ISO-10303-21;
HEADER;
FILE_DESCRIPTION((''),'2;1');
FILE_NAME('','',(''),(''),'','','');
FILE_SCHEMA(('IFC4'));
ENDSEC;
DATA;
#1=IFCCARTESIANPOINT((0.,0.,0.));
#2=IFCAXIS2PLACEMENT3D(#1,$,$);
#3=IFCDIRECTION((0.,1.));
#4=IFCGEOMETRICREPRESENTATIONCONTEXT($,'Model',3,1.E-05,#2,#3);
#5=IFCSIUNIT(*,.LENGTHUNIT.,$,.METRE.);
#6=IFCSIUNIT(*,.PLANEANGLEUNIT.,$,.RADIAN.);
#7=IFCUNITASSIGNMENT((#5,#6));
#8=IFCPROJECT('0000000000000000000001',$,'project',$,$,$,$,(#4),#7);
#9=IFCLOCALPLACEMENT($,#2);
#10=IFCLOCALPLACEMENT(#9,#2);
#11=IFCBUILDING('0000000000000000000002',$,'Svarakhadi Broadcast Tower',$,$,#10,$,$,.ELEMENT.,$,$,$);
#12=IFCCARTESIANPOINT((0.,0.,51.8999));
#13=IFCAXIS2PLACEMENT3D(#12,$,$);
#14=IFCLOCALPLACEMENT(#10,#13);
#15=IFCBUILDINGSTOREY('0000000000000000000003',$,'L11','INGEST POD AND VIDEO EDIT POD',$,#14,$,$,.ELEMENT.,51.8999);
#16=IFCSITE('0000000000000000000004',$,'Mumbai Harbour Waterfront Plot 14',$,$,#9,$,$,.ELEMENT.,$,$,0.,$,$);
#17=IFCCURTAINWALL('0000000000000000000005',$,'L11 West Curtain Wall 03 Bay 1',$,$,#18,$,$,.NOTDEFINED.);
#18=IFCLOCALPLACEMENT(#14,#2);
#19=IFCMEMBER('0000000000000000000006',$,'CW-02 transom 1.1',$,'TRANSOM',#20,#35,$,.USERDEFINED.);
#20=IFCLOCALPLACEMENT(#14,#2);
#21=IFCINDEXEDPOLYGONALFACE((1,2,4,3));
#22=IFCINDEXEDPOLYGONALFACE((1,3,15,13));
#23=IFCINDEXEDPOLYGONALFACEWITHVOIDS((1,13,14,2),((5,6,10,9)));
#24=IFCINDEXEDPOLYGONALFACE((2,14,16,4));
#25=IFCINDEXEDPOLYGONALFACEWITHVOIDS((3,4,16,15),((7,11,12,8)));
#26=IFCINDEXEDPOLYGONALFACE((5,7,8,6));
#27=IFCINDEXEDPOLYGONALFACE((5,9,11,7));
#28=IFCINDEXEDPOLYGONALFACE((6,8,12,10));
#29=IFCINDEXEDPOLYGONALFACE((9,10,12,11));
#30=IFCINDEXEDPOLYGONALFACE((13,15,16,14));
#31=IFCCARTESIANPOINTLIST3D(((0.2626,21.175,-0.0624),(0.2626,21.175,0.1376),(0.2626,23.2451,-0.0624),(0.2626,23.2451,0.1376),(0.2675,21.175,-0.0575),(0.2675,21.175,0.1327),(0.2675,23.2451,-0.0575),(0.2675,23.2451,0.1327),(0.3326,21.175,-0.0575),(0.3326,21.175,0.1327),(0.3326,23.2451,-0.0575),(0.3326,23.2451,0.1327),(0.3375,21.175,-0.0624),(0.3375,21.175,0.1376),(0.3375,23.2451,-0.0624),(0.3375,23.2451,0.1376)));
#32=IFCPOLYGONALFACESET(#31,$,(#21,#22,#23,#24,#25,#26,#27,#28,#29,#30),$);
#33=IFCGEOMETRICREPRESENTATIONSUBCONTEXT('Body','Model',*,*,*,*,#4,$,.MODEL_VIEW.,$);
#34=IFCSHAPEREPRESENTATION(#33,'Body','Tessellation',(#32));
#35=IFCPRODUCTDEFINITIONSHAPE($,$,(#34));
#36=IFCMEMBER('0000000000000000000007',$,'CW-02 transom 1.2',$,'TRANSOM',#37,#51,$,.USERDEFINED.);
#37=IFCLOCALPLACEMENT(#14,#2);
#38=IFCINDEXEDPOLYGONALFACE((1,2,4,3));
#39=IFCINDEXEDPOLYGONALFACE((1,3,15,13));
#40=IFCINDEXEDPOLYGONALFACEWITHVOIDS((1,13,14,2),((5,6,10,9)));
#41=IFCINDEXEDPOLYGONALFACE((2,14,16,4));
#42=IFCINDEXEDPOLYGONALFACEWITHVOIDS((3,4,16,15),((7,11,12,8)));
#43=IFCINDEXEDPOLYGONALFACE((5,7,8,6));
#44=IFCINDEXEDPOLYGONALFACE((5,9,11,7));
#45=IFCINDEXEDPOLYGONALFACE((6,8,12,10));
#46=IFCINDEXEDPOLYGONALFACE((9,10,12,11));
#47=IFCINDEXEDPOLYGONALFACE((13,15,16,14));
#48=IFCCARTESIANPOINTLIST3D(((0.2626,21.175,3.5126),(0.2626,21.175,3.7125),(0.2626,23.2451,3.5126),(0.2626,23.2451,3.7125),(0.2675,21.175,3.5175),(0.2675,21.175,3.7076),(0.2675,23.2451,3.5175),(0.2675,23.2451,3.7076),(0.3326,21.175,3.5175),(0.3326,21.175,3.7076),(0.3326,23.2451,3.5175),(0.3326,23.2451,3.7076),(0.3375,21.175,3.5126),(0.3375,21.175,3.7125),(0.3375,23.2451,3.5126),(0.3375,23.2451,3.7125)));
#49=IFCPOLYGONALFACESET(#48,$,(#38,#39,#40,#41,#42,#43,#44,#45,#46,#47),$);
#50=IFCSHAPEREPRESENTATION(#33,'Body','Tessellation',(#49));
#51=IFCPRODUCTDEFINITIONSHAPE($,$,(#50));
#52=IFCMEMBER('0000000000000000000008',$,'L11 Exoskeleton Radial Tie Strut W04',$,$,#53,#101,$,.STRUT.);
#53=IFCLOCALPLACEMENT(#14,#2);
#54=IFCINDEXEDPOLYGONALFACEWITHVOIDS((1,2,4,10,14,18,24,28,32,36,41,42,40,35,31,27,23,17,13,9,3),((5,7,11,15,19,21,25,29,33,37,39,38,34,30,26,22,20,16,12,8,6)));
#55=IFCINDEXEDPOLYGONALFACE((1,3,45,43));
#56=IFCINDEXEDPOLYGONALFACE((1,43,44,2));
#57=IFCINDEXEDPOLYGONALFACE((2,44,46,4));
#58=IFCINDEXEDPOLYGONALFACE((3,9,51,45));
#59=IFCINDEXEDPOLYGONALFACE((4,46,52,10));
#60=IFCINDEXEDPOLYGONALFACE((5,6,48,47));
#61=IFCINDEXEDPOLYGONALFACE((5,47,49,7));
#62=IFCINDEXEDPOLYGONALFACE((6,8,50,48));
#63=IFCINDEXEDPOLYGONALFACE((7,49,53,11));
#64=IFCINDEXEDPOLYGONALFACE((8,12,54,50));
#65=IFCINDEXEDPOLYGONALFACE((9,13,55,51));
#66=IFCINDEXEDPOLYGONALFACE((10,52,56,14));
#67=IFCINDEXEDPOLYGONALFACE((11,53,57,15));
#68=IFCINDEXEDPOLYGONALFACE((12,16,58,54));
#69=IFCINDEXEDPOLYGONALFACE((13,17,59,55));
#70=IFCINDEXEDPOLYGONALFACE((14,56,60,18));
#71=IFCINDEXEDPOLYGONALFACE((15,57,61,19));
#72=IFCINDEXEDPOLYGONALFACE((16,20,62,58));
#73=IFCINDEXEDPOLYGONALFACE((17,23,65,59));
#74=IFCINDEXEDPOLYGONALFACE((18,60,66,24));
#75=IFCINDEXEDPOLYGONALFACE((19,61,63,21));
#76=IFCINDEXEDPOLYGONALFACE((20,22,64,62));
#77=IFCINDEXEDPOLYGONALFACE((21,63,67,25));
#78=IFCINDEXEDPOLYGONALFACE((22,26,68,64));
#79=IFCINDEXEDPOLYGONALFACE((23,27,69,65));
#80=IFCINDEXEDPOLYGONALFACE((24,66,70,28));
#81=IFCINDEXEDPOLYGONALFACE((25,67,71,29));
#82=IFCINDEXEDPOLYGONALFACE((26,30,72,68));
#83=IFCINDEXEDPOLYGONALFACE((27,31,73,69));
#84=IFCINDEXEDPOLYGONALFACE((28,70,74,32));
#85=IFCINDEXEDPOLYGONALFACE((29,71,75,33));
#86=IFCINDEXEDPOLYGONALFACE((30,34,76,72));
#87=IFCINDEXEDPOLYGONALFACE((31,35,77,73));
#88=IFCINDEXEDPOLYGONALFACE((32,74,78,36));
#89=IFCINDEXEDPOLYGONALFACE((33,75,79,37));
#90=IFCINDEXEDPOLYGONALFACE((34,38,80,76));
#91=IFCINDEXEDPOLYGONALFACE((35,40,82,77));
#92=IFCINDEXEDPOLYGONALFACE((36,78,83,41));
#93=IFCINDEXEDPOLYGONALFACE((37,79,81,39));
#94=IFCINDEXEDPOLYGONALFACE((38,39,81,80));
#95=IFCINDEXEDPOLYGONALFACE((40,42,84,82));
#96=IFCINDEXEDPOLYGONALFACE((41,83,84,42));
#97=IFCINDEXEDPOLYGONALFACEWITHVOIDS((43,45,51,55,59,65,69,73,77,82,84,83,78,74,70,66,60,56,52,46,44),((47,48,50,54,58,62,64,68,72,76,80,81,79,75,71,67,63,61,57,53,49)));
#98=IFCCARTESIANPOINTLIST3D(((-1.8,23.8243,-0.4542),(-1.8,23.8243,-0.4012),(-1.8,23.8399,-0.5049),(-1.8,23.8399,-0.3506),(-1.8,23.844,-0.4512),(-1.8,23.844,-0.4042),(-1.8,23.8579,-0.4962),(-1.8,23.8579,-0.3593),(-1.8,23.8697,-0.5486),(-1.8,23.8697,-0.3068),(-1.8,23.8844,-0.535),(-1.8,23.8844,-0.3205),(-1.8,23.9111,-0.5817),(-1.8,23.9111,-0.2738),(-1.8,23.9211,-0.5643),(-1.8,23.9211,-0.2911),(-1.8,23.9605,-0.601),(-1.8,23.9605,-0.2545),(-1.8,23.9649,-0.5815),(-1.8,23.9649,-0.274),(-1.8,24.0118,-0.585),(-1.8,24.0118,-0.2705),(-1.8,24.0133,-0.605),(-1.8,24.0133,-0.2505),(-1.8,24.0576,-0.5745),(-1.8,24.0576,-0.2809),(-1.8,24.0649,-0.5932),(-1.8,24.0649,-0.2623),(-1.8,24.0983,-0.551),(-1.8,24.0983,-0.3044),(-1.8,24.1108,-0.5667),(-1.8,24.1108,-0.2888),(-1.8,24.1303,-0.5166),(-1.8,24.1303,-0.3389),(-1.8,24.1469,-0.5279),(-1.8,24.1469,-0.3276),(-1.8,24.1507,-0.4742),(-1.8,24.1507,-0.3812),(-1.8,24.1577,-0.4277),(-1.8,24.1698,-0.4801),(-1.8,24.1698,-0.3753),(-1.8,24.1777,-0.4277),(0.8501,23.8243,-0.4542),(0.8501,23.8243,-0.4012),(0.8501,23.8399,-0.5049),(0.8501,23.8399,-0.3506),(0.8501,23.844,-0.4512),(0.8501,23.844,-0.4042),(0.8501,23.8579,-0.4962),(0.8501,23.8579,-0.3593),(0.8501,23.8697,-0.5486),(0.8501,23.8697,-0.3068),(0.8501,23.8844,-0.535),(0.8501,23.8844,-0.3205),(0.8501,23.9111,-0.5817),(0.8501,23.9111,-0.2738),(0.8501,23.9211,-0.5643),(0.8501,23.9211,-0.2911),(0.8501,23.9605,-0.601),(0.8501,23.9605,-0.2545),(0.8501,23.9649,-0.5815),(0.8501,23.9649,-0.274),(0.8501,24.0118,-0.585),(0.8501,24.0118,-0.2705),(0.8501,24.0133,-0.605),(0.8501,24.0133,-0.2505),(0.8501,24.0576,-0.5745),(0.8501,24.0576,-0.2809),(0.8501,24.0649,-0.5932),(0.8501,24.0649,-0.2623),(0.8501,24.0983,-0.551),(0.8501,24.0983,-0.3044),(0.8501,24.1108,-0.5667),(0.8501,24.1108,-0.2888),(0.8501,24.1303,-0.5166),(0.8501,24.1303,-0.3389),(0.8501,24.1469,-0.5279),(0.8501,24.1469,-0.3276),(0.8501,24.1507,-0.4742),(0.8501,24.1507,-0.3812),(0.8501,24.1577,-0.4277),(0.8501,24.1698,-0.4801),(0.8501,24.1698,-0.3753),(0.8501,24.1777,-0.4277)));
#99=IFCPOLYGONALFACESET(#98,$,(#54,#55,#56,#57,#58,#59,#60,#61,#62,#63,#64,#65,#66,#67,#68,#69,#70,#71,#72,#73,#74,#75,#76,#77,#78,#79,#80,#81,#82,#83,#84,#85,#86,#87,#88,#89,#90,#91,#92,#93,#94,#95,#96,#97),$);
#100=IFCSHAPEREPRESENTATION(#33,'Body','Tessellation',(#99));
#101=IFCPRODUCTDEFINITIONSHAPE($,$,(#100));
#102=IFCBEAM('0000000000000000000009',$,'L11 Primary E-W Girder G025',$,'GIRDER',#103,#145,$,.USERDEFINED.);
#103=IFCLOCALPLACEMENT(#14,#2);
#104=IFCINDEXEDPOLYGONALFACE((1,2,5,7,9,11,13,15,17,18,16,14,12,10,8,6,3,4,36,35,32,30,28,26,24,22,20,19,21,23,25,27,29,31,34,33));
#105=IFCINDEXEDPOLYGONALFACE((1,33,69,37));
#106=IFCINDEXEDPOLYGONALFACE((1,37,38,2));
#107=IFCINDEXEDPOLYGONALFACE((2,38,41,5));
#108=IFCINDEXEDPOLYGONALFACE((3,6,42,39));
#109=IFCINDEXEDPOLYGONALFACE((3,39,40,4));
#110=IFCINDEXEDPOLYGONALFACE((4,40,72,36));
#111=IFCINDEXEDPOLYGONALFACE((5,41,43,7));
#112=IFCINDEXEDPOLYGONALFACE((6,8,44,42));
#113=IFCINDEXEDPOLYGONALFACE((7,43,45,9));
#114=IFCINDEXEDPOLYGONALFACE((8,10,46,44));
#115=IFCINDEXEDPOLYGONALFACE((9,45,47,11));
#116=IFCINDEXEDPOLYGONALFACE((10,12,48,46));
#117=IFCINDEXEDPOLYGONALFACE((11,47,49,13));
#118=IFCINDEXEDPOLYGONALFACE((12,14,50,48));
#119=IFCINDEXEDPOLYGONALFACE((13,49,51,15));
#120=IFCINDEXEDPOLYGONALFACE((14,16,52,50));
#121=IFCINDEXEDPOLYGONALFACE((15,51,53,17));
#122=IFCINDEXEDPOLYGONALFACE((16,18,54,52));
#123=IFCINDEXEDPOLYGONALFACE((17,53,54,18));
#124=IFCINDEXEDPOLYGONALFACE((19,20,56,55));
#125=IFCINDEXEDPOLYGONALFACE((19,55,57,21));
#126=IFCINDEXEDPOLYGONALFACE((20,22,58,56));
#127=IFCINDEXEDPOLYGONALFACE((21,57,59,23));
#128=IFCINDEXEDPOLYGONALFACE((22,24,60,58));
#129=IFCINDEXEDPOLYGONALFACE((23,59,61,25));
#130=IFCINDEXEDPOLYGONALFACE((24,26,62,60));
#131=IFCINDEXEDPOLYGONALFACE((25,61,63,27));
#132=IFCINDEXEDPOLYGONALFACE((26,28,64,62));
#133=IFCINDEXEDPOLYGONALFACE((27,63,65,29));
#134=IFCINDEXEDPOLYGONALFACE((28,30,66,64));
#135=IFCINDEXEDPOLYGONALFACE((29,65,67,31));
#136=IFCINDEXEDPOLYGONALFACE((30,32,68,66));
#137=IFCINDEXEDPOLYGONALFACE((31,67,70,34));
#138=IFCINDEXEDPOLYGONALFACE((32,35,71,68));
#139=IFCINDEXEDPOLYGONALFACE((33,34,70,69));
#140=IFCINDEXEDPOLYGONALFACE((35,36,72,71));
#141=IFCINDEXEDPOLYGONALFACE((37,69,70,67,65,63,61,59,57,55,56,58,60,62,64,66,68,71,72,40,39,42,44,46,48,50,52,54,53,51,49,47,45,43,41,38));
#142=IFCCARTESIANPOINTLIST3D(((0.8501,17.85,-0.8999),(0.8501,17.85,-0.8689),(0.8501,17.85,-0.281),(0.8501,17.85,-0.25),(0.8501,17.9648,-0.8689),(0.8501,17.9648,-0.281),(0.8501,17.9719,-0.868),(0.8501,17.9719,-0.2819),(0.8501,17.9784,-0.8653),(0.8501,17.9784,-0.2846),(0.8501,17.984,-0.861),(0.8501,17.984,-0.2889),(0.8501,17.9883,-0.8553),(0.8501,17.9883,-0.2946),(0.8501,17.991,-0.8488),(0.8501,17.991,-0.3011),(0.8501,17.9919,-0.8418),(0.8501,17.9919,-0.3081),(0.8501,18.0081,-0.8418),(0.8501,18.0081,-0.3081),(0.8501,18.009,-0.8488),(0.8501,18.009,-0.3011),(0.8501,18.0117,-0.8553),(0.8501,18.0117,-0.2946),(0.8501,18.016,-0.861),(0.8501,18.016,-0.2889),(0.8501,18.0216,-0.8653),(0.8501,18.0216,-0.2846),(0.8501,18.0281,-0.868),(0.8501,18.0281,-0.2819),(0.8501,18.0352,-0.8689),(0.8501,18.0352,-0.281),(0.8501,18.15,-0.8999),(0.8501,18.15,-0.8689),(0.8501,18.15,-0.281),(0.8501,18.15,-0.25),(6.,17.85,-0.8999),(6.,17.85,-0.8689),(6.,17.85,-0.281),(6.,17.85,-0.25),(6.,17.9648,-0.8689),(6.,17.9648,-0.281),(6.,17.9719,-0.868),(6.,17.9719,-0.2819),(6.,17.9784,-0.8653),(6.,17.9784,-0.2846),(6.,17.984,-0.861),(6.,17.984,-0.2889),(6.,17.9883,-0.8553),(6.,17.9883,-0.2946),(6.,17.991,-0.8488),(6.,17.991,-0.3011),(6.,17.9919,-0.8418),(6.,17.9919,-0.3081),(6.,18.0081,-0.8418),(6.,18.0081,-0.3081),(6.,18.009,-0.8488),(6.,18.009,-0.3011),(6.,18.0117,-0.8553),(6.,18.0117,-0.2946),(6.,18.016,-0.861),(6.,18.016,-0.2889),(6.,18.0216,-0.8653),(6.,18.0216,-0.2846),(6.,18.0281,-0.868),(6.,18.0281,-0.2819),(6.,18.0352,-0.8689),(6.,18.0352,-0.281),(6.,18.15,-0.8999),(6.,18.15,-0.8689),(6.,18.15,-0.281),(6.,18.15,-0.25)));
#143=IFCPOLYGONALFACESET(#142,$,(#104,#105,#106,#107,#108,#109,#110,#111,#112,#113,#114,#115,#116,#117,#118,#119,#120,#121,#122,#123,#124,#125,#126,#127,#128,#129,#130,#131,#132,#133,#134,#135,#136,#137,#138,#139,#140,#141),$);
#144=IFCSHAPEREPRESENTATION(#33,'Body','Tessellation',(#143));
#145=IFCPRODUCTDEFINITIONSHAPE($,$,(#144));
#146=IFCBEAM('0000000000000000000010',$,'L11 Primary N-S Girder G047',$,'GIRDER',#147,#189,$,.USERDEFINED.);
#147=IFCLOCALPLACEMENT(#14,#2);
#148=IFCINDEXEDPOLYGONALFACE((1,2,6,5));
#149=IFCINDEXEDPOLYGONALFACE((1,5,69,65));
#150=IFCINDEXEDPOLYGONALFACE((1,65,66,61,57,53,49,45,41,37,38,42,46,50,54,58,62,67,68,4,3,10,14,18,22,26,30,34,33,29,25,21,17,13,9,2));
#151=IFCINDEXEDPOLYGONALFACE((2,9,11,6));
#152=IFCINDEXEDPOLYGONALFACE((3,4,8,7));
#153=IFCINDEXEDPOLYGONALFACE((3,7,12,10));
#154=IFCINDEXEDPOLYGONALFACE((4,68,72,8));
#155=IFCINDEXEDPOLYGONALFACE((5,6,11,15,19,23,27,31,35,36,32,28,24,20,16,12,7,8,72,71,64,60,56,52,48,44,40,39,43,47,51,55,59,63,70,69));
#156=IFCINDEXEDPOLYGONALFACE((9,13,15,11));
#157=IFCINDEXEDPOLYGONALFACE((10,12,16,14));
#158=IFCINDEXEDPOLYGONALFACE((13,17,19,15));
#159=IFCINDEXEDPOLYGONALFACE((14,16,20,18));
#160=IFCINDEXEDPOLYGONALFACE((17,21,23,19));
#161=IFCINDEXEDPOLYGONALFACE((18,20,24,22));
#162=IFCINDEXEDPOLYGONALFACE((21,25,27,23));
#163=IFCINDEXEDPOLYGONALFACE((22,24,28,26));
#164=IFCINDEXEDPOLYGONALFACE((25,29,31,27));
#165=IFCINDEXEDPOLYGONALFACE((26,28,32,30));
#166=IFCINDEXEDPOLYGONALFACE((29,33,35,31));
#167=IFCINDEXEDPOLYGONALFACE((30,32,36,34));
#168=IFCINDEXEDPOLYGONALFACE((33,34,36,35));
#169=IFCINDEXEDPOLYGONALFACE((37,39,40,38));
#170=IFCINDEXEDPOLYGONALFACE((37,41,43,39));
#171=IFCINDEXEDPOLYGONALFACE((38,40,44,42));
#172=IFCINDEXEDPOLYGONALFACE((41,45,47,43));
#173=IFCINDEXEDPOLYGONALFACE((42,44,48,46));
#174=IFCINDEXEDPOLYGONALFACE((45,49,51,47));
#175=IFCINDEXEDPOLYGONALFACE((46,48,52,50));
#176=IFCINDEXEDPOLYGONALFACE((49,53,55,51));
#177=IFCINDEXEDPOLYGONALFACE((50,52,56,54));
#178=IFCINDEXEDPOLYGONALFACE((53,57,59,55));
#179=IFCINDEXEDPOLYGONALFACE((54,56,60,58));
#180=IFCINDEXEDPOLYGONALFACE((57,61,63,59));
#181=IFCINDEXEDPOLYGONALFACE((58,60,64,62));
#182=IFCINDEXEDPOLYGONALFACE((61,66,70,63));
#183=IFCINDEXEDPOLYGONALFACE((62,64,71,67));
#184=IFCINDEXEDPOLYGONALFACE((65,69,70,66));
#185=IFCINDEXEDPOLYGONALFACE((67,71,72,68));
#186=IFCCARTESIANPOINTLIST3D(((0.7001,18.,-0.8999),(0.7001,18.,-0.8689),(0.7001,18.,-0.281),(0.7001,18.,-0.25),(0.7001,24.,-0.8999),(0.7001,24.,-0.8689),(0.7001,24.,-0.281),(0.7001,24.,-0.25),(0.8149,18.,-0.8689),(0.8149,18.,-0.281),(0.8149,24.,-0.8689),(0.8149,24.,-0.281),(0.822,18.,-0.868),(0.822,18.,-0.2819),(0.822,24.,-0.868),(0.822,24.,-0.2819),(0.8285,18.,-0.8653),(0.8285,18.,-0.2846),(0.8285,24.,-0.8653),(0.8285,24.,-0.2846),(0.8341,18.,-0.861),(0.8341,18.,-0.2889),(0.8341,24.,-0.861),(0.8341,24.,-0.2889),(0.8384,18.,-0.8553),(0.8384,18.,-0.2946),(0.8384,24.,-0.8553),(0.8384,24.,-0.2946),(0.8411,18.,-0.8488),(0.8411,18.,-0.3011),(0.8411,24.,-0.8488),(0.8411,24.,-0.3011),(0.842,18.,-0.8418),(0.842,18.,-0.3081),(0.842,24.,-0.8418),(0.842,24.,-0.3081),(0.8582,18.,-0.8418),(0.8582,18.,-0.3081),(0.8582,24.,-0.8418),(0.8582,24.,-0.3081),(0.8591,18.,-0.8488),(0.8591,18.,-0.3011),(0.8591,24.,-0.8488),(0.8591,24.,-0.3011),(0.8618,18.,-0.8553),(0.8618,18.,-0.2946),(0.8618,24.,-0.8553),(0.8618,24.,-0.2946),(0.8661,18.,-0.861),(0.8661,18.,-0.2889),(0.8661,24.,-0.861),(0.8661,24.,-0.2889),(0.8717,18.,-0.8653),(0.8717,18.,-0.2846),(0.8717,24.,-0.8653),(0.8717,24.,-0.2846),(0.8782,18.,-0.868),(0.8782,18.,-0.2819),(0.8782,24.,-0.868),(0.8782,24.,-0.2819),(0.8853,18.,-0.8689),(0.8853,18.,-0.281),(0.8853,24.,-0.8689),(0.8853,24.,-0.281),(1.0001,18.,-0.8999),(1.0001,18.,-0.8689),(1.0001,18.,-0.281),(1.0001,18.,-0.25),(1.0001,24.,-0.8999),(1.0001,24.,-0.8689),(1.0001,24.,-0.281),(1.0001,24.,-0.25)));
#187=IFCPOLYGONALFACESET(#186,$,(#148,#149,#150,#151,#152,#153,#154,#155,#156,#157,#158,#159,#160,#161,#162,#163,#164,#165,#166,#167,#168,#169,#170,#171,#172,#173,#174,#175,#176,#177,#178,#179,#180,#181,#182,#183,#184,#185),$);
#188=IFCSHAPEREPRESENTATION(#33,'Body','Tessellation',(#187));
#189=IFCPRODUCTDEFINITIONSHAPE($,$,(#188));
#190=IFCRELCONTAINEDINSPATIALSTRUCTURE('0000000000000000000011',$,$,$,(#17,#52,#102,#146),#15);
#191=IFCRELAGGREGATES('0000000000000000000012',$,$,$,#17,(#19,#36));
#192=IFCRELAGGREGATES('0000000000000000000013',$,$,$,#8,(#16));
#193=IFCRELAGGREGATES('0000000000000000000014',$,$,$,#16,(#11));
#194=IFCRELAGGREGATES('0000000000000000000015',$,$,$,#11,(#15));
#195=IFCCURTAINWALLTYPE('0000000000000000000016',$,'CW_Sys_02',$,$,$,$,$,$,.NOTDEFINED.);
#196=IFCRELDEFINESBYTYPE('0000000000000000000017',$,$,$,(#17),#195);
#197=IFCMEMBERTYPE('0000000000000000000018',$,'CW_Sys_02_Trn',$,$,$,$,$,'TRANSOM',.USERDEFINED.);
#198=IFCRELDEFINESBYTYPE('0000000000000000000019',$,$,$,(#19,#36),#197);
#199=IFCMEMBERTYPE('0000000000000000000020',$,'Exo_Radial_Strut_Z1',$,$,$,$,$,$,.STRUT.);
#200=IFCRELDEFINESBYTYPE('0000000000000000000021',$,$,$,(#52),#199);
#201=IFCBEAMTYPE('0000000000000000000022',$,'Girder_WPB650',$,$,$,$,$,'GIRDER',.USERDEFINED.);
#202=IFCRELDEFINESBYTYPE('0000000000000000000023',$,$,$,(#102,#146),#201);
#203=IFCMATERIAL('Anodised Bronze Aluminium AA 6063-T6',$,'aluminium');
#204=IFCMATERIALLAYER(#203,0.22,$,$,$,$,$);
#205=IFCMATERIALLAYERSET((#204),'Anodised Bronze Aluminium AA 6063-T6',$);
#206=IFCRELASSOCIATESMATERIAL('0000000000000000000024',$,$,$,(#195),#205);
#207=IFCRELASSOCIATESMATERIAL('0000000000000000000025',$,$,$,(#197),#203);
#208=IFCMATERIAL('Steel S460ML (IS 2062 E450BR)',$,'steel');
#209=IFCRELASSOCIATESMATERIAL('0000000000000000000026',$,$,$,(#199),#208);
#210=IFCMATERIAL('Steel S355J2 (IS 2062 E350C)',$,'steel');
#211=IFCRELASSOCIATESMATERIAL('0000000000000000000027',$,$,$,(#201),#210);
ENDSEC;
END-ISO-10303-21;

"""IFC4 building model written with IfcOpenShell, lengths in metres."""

from ifc_helpers import new_model, si_unit, direction, frame, origin, origin_2d, place, context, subcontext, project, spatial, hollow_rectangle, hollow_circle, i_section, extrude, material, layer, layer_set, material_profile, profile_set, type_object, element, aggregate, save


model = new_model("IFC4")

# Units and contexts
model_context = context("Model", 3, precision=1e-05, world=origin(), true_north=direction((0.0, 1.0)))
body_context = subcontext(model_context, "Body", "Model", "MODEL_VIEW")
ifc_project = project(units=[si_unit("LENGTHUNIT", "METRE"), si_unit("PLANEANGLEUNIT", "RADIAN")], contexts=[model_context])

# Site, building, storey
site_placement = place(None, origin())
site = spatial("IfcSite", under=ifc_project, at=site_placement, Name="Mumbai Harbour Waterfront Plot 14", CompositionType="ELEMENT", RefElevation=0.0)
building_placement = place(site_placement, origin())
building = spatial("IfcBuilding", under=site, at=building_placement, Name="Svarakhadi Broadcast Tower", CompositionType="ELEMENT")
storey_placement = place(building_placement, frame((0.0, 0.0, 51.8999)))
storey = spatial("IfcBuildingStorey", under=building, at=storey_placement, Name="L11", Description="INGEST POD AND VIDEO EDIT POD", CompositionType="ELEMENT", Elevation=51.8999)

# Shared definitions
ifc_material_1 = material(Name="Steel S460ML (IS 2062 E450BR)", Category="steel")

# Shared definitions
ifc_material_2 = material(Name="Steel S355J2 (IS 2062 E350C)", Category="steel")

# Curtain wall, members
ifc_material_3 = material(Name="Anodised Bronze Aluminium AA 6063-T6", Category="aluminium")
ifc_layer_1 = layer(ifc_material_3, 0.22)
ifc_layer_set_1 = layer_set([ifc_layer_1], Name="Anodised Bronze Aluminium AA 6063-T6")
curtain_wall_type = type_object("IfcCurtainWallType", Name="CW_Sys_02", PredefinedType="NOTDEFINED", material=ifc_layer_set_1)
curtain_wall_placement = place(storey_placement, origin())
curtain_wall = element("IfcCurtainWall", 1, at=curtain_wall_placement, inside=storey, type_object=curtain_wall_type, Name="L11 West Curtain Wall 03 Bay 1", PredefinedType="NOTDEFINED")
ifc_material_profile_1 = material_profile(ifc_material_3, hollow_rectangle(XDim=0.075, YDim=0.2, WallThickness=0.0049, at=origin_2d()), Name="ALU TRANSOM 200x75x5")
ifc_profile_set_1 = profile_set([ifc_material_profile_1], Name="Anodised Bronze Aluminium AA 6063-T6")
member_type_1 = type_object("IfcMemberType", Name="CW_Sys_02_Trn", ElementType="TRANSOM", PredefinedType="USERDEFINED", material=ifc_profile_set_1)
member_1_placement = place(storey_placement, frame((0.3, 21.175, 0.0376), z_axis=(0.0, 1.0, 0.0), x_axis=(-1.0, 0.0, 0.0)))
member_1 = element("IfcMember", 2, at=member_1_placement, type_object=member_type_1, Name="CW-02 transom 1.1", ObjectType="TRANSOM", PredefinedType="USERDEFINED", context=body_context, shape_type="SweptSolid", body=[
    extrude(hollow_rectangle(XDim=0.075, YDim=0.2, WallThickness=0.0049, at=origin_2d()), origin(), (0.0, 0.0, 1.0), 2.0701),
])
member_2_placement = place(storey_placement, frame((0.3, 21.175, 3.6125), z_axis=(0.0, 1.0, 0.0), x_axis=(-1.0, 0.0, 0.0)))
member_2 = element("IfcMember", 3, at=member_2_placement, type_object=member_type_1, Name="CW-02 transom 1.2", ObjectType="TRANSOM", PredefinedType="USERDEFINED", context=body_context, shape_type="SweptSolid", body=[
    extrude(hollow_rectangle(XDim=0.075, YDim=0.2, WallThickness=0.0049, at=origin_2d()), origin(), (0.0, 0.0, 1.0), 2.0701),
])

# Member
ifc_material_profile_2 = material_profile(ifc_material_1, hollow_circle(Radius=0.1777, WallThickness=0.02, at=origin_2d()), Name="CHS 355.6x20")
ifc_profile_set_2 = profile_set([ifc_material_profile_2], Name="Steel S460ML (IS 2062 E450BR)")
member_type_2 = type_object("IfcMemberType", Name="Exo_Radial_Strut_Z1", PredefinedType="STRUT", material=ifc_profile_set_2)
member_3_placement = place(storey_placement, frame((-1.8, 24.0, -0.4277), z_axis=(1.0, 0.0, 0.0), x_axis=(0.0, 1.0, 0.0)))
element("IfcMember", 4, at=member_3_placement, inside=storey, type_object=member_type_2, Name="L11 Exoskeleton Radial Tie Strut W04", PredefinedType="STRUT", context=body_context, shape_type="SweptSolid", body=[
    extrude(hollow_circle(Radius=0.1777, WallThickness=0.02, at=origin_2d()), origin(), (0.0, 0.0, 1.0), 2.6501),
])

# Beams
ifc_material_profile_3 = material_profile(ifc_material_2, i_section(OverallWidth=0.3, OverallDepth=0.6499, WebThickness=0.0161, FlangeThickness=0.031, FilletRadius=0.0271, at=origin_2d()), Name="WPB 650x300x225")
ifc_profile_set_3 = profile_set([ifc_material_profile_3], Name="Steel S355J2 (IS 2062 E350C)")
beam_type_1 = type_object("IfcBeamType", Name="Girder_WPB650", ElementType="GIRDER", PredefinedType="USERDEFINED", material=ifc_profile_set_3)
beam_1_placement = place(storey_placement, frame((0.8501, 18.0, -0.575), z_axis=(1.0, 0.0, 0.0), x_axis=(0.0, 1.0, 0.0)))
element("IfcBeam", 5, at=beam_1_placement, inside=storey, type_object=beam_type_1, Name="L11 Primary E-W Girder G025", ObjectType="GIRDER", PredefinedType="USERDEFINED", context=body_context, shape_type="SweptSolid", body=[
    extrude(i_section(OverallWidth=0.3, OverallDepth=0.6499, WebThickness=0.0161, FlangeThickness=0.031, FilletRadius=0.0271, at=origin_2d()), origin(), (0.0, 0.0, 1.0), 5.1499),
])
beam_2_placement = place(storey_placement, frame((0.8501, 18.0, -0.575), z_axis=(0.0, 1.0, 0.0), x_axis=(-1.0, 0.0, 0.0)))
element("IfcBeam", 6, at=beam_2_placement, inside=storey, type_object=beam_type_1, Name="L11 Primary N-S Girder G047", ObjectType="GIRDER", PredefinedType="USERDEFINED", context=body_context, shape_type="SweptSolid", body=[
    extrude(i_section(OverallWidth=0.3, OverallDepth=0.6499, WebThickness=0.0161, FlangeThickness=0.031, FilletRadius=0.0271, at=origin_2d()), origin(), (0.0, 0.0, 1.0), 6.0),
])

aggregate(curtain_wall, [member_1, member_2])

save(model, "model.ifc")
